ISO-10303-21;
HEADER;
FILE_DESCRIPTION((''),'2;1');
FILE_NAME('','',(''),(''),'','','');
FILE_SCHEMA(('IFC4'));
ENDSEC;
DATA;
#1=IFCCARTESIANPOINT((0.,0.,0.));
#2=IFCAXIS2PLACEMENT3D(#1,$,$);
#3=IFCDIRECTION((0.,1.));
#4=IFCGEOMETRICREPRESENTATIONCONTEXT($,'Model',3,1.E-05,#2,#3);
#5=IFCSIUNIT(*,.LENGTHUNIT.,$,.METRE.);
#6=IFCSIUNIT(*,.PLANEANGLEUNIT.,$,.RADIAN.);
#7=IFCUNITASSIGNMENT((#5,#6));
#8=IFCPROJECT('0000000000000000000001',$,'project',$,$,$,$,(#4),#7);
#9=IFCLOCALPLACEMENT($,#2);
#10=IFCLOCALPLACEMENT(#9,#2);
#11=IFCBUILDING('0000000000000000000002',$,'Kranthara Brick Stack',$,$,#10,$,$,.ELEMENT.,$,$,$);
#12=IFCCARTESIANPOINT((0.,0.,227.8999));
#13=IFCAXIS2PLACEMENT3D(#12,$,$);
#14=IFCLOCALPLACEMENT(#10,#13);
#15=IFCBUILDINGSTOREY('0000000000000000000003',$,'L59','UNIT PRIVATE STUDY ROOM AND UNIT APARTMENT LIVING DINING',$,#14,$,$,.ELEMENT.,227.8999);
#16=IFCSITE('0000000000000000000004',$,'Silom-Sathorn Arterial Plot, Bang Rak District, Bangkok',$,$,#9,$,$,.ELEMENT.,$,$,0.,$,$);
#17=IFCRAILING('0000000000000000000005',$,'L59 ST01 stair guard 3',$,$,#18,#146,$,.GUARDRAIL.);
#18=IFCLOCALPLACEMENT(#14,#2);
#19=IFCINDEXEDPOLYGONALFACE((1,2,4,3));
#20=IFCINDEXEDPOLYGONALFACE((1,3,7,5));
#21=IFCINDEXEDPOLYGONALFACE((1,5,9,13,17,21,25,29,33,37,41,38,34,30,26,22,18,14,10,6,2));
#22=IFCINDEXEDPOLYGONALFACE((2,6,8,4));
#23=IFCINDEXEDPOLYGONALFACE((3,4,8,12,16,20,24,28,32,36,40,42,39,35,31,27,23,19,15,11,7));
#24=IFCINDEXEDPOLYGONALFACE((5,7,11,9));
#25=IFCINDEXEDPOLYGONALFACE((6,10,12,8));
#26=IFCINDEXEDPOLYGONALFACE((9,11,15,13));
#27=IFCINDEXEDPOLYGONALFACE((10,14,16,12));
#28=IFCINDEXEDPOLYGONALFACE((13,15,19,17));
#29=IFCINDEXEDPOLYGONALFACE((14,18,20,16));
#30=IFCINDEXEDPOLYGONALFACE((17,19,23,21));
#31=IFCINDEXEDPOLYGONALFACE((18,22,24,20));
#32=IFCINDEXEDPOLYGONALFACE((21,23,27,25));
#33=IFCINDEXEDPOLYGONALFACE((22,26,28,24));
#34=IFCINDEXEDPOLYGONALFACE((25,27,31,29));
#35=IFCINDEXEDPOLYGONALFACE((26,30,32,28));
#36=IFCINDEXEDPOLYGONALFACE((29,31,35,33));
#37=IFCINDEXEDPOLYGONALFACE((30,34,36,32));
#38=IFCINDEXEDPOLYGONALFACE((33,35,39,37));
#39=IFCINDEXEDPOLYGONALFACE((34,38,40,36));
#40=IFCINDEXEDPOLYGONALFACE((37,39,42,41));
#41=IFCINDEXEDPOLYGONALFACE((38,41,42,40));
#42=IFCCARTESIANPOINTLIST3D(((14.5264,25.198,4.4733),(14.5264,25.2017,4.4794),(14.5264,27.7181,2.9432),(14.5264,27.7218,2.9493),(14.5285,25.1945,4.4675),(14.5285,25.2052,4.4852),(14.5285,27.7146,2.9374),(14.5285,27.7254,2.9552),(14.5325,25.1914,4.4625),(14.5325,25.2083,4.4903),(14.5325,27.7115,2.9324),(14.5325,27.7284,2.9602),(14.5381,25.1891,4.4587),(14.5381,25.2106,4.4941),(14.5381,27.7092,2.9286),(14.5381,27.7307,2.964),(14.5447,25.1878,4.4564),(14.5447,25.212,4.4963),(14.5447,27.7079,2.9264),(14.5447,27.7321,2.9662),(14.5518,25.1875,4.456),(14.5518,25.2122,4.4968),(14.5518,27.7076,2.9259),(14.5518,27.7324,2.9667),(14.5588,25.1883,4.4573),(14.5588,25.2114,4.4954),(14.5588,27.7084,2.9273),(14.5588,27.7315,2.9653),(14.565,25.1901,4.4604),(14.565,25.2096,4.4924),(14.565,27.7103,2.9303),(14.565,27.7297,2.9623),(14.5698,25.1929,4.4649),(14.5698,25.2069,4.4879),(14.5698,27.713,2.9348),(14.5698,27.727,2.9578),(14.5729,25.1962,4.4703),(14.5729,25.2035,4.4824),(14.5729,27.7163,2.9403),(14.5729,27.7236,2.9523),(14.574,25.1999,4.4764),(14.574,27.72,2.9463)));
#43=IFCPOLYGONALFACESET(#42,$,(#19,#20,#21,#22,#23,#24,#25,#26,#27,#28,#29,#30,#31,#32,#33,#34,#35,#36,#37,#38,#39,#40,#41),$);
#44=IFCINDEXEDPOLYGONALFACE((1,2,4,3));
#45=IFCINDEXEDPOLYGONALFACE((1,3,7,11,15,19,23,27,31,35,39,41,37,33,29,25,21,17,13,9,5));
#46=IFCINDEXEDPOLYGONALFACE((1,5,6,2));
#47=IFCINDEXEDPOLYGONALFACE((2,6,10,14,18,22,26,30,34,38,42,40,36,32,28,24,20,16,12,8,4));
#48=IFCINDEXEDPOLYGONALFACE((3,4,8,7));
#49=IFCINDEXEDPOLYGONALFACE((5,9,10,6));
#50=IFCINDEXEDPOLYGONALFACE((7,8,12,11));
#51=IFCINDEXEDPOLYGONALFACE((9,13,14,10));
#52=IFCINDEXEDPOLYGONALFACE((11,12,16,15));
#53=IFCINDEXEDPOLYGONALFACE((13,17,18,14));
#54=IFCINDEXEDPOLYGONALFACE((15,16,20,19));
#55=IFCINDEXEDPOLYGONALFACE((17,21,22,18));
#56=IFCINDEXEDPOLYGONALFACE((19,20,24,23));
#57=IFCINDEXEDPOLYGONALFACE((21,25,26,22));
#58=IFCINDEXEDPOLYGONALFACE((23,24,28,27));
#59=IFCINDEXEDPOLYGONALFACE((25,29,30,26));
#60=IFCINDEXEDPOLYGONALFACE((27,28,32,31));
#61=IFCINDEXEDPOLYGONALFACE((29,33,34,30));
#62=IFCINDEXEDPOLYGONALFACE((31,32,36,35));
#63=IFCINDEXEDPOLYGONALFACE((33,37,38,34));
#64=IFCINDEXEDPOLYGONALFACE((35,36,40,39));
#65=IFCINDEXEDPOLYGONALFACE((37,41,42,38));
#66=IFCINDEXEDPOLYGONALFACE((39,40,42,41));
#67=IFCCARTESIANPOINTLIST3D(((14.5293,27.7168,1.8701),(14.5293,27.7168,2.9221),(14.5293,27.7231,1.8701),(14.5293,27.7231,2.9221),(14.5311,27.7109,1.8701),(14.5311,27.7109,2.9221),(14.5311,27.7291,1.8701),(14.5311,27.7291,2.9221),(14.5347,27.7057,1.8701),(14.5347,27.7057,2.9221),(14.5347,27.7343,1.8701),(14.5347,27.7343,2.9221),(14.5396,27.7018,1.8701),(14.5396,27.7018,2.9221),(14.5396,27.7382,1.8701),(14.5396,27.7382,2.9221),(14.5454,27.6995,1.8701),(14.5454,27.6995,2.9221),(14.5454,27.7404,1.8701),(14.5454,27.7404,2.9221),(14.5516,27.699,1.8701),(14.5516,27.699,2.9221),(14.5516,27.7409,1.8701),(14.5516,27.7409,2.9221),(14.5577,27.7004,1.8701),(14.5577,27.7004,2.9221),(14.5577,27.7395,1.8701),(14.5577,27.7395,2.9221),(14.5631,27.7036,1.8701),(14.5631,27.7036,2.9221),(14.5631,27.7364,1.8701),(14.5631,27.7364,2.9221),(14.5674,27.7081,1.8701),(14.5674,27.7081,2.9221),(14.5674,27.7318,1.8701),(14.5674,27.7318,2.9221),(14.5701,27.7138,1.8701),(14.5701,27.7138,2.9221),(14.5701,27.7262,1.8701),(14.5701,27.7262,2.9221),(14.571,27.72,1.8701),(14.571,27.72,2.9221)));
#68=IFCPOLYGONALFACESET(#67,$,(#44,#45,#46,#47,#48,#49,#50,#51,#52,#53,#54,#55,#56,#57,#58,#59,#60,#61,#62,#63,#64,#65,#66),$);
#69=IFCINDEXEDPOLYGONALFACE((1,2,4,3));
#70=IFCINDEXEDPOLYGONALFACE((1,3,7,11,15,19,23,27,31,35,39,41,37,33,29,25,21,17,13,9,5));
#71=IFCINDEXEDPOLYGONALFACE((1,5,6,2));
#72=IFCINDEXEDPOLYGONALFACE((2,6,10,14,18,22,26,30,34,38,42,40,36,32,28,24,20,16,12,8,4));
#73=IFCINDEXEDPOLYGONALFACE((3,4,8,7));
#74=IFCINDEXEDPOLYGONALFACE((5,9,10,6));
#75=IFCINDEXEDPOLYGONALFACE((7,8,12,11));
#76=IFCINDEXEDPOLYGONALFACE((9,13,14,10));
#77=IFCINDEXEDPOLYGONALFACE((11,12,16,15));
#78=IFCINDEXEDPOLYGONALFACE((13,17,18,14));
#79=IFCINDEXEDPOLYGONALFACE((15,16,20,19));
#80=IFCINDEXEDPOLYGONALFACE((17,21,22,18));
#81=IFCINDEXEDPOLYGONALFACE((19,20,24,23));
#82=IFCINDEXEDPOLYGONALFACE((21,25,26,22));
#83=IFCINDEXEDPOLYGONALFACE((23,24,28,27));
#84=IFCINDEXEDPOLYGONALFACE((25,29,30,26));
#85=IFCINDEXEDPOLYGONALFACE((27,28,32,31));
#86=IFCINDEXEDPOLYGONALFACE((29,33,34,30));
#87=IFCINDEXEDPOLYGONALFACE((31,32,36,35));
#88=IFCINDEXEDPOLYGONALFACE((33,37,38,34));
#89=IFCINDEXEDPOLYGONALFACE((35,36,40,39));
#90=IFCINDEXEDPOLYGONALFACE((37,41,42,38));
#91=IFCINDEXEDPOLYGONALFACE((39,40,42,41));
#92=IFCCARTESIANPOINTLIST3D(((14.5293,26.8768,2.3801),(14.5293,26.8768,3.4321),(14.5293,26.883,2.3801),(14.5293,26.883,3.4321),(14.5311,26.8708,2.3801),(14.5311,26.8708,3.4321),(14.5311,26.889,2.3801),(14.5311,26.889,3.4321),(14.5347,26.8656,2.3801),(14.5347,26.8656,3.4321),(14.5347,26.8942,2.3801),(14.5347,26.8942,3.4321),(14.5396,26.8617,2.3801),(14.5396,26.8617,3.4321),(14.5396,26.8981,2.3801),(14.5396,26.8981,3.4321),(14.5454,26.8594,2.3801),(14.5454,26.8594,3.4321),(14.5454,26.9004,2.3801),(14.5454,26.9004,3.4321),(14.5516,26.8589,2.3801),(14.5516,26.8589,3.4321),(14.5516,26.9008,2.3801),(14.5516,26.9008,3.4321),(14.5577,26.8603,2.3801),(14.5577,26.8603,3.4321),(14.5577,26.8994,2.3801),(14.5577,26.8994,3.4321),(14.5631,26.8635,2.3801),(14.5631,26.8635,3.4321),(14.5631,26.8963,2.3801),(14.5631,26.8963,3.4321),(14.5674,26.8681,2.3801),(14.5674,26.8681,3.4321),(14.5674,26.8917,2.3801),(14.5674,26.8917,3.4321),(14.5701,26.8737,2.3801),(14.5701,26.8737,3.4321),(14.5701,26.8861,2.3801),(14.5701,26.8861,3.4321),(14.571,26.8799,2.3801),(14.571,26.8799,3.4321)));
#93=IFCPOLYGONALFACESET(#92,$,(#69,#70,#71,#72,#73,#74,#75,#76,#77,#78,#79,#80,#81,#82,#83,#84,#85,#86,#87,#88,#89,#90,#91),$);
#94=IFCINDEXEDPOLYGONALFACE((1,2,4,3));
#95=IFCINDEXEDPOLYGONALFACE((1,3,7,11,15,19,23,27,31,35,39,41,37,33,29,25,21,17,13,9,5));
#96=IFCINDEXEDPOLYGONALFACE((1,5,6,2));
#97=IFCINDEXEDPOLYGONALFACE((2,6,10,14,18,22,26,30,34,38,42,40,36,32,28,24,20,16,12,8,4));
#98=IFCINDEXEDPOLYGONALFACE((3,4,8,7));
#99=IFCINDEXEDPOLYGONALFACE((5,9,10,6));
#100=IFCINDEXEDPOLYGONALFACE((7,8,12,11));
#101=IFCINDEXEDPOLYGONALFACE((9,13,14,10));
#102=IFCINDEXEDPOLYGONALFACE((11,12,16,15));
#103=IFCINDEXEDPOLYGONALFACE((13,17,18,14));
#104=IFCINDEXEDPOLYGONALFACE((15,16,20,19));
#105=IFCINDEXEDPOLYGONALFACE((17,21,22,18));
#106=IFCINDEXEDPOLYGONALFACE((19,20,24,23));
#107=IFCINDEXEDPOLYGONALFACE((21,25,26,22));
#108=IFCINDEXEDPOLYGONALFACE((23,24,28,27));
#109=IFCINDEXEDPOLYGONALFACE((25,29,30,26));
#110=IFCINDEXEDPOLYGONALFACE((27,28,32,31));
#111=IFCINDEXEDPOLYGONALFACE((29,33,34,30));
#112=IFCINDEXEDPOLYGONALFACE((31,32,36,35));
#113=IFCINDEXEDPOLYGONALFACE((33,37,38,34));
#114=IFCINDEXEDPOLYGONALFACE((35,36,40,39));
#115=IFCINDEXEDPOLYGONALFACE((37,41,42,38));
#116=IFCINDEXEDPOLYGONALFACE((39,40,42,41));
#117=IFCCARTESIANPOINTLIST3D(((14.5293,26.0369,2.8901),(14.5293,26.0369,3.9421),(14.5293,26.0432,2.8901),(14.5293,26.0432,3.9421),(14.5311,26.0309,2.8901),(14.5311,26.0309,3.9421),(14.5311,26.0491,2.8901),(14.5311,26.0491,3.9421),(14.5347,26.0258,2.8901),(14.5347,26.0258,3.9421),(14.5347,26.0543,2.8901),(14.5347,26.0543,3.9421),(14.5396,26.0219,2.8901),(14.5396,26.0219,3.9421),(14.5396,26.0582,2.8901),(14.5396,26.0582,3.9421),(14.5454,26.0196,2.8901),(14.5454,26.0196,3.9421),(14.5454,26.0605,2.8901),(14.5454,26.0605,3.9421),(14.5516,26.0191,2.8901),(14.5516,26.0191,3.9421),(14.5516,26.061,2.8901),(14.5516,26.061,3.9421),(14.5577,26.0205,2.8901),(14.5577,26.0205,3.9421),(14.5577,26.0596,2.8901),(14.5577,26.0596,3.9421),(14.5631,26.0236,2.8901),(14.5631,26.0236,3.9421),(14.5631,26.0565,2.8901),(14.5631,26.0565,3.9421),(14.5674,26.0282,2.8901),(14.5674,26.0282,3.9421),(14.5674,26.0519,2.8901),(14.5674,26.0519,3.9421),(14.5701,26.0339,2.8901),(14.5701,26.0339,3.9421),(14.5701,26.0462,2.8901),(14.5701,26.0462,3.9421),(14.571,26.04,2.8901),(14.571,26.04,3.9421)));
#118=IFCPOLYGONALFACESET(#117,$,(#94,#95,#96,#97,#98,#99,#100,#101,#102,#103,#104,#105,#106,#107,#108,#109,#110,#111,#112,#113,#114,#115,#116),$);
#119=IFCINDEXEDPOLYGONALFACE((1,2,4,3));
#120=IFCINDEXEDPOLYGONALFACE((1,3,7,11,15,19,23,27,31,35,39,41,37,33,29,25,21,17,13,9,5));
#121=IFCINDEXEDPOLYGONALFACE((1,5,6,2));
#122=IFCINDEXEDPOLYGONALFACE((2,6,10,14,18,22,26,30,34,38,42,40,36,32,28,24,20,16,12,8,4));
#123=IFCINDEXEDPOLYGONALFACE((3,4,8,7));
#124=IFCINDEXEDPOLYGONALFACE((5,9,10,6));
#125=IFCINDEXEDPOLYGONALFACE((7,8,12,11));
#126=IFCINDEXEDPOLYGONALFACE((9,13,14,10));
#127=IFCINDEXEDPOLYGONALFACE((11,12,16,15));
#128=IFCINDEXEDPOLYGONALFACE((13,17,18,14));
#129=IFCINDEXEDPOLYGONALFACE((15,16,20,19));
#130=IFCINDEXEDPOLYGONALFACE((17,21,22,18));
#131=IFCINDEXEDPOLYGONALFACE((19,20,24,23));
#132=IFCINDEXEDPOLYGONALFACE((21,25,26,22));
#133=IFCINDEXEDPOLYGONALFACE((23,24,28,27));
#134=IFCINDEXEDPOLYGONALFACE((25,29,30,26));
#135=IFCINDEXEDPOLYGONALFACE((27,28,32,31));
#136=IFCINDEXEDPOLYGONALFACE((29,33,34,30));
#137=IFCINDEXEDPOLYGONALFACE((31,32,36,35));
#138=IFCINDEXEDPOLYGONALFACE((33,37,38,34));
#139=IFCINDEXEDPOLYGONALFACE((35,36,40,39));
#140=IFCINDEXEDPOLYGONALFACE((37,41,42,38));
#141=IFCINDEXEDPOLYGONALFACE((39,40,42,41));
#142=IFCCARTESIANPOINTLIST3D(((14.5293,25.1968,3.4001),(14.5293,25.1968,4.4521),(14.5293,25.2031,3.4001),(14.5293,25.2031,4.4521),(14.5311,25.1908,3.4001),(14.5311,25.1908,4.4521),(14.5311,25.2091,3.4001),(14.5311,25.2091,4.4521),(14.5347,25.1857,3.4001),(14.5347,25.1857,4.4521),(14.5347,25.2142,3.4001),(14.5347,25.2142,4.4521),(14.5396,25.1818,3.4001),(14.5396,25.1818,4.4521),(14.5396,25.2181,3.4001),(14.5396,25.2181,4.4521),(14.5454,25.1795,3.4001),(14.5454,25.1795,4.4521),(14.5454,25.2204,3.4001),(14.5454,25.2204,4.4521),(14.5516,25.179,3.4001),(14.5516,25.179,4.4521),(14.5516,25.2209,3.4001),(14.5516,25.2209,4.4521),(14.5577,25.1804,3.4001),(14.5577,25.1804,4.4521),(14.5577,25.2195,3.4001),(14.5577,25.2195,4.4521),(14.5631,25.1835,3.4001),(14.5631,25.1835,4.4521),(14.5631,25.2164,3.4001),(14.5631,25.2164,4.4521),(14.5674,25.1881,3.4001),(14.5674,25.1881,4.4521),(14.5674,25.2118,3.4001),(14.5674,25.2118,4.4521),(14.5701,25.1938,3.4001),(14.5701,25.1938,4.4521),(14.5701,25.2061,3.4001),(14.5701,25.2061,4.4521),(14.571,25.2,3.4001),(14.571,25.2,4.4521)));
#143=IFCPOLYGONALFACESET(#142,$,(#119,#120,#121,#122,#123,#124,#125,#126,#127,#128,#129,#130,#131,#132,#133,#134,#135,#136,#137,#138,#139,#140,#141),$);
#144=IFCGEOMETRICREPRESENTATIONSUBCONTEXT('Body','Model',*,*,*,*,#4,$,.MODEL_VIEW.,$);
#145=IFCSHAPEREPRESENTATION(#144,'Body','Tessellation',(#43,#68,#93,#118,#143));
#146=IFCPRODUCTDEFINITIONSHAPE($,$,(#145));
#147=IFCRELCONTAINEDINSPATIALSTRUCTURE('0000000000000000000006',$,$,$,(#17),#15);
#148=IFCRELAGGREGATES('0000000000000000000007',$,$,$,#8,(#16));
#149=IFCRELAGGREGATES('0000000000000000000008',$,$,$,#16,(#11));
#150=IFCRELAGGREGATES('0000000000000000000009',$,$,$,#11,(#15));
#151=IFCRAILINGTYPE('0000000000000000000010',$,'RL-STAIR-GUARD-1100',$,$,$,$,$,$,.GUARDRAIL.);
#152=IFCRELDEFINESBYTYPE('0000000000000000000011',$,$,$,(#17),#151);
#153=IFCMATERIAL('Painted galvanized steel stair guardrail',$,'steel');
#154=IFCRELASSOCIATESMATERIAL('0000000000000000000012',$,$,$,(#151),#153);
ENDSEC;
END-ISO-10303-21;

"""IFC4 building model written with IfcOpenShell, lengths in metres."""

from ifc_helpers import new_model, si_unit, direction, frame, origin, origin_2d, place, context, subcontext, project, spatial, circle, extrude, material, type_object, element, save


model = new_model("IFC4")

# Units and contexts
model_context = context("Model", 3, precision=1e-05, world=origin(), true_north=direction((0.0, 1.0)))
body_context = subcontext(model_context, "Body", "Model", "MODEL_VIEW")
ifc_project = project(units=[si_unit("LENGTHUNIT", "METRE"), si_unit("PLANEANGLEUNIT", "RADIAN")], contexts=[model_context])

# Site, building, storey
site_placement = place(None, origin())
site = spatial("IfcSite", under=ifc_project, at=site_placement, Name="Silom-Sathorn Arterial Plot, Bang Rak District, Bangkok", CompositionType="ELEMENT", RefElevation=0.0)
building_placement = place(site_placement, origin())
building = spatial("IfcBuilding", under=site, at=building_placement, Name="Kranthara Brick Stack", CompositionType="ELEMENT")
storey_placement = place(building_placement, frame((0.0, 0.0, 227.8999)))
storey = spatial("IfcBuildingStorey", under=building, at=storey_placement, Name="L59", Description="UNIT PRIVATE STUDY ROOM AND UNIT APARTMENT LIVING DINING", CompositionType="ELEMENT", Elevation=227.8999)

# Railing
ifc_material_1 = material(Name="Painted galvanized steel stair guardrail", Category="steel")
railing_type_1 = type_object("IfcRailingType", Name="RL-STAIR-GUARD-1100", PredefinedType="GUARDRAIL", material=ifc_material_1)
railing_1_placement = place(storey_placement, frame((14.55, 27.72, 1.8701)))
element("IfcRailing", 1, at=railing_1_placement, inside=storey, type_object=railing_type_1, Name="L59 ST01 stair guard 3", PredefinedType="GUARDRAIL", context=body_context, shape_type="SweptSolid", body=[
    extrude(circle(Radius=0.0239, at=origin_2d()), frame((0.0, 0.0, 1.0762), z_axis=(0.0, -0.854785, 0.518982), x_axis=(1.0, 0.0, 0.0)), (0.0, 0.0, 1.0), 2.9482),
    extrude(circle(Radius=0.021, at=origin_2d()), origin(), (0.0, 0.0, 1.0), 1.052),
    extrude(circle(Radius=0.021, at=origin_2d()), frame((0.0, -0.8401, 0.51)), (0.0, 0.0, 1.0), 1.052),
    extrude(circle(Radius=0.021, at=origin_2d()), frame((0.0, -1.6799, 1.02)), (0.0, 0.0, 1.0), 1.052),
    extrude(circle(Radius=0.021, at=origin_2d()), frame((0.0, -2.52, 1.53)), (0.0, 0.0, 1.0), 1.052),
])

save(model, "model.ifc")
